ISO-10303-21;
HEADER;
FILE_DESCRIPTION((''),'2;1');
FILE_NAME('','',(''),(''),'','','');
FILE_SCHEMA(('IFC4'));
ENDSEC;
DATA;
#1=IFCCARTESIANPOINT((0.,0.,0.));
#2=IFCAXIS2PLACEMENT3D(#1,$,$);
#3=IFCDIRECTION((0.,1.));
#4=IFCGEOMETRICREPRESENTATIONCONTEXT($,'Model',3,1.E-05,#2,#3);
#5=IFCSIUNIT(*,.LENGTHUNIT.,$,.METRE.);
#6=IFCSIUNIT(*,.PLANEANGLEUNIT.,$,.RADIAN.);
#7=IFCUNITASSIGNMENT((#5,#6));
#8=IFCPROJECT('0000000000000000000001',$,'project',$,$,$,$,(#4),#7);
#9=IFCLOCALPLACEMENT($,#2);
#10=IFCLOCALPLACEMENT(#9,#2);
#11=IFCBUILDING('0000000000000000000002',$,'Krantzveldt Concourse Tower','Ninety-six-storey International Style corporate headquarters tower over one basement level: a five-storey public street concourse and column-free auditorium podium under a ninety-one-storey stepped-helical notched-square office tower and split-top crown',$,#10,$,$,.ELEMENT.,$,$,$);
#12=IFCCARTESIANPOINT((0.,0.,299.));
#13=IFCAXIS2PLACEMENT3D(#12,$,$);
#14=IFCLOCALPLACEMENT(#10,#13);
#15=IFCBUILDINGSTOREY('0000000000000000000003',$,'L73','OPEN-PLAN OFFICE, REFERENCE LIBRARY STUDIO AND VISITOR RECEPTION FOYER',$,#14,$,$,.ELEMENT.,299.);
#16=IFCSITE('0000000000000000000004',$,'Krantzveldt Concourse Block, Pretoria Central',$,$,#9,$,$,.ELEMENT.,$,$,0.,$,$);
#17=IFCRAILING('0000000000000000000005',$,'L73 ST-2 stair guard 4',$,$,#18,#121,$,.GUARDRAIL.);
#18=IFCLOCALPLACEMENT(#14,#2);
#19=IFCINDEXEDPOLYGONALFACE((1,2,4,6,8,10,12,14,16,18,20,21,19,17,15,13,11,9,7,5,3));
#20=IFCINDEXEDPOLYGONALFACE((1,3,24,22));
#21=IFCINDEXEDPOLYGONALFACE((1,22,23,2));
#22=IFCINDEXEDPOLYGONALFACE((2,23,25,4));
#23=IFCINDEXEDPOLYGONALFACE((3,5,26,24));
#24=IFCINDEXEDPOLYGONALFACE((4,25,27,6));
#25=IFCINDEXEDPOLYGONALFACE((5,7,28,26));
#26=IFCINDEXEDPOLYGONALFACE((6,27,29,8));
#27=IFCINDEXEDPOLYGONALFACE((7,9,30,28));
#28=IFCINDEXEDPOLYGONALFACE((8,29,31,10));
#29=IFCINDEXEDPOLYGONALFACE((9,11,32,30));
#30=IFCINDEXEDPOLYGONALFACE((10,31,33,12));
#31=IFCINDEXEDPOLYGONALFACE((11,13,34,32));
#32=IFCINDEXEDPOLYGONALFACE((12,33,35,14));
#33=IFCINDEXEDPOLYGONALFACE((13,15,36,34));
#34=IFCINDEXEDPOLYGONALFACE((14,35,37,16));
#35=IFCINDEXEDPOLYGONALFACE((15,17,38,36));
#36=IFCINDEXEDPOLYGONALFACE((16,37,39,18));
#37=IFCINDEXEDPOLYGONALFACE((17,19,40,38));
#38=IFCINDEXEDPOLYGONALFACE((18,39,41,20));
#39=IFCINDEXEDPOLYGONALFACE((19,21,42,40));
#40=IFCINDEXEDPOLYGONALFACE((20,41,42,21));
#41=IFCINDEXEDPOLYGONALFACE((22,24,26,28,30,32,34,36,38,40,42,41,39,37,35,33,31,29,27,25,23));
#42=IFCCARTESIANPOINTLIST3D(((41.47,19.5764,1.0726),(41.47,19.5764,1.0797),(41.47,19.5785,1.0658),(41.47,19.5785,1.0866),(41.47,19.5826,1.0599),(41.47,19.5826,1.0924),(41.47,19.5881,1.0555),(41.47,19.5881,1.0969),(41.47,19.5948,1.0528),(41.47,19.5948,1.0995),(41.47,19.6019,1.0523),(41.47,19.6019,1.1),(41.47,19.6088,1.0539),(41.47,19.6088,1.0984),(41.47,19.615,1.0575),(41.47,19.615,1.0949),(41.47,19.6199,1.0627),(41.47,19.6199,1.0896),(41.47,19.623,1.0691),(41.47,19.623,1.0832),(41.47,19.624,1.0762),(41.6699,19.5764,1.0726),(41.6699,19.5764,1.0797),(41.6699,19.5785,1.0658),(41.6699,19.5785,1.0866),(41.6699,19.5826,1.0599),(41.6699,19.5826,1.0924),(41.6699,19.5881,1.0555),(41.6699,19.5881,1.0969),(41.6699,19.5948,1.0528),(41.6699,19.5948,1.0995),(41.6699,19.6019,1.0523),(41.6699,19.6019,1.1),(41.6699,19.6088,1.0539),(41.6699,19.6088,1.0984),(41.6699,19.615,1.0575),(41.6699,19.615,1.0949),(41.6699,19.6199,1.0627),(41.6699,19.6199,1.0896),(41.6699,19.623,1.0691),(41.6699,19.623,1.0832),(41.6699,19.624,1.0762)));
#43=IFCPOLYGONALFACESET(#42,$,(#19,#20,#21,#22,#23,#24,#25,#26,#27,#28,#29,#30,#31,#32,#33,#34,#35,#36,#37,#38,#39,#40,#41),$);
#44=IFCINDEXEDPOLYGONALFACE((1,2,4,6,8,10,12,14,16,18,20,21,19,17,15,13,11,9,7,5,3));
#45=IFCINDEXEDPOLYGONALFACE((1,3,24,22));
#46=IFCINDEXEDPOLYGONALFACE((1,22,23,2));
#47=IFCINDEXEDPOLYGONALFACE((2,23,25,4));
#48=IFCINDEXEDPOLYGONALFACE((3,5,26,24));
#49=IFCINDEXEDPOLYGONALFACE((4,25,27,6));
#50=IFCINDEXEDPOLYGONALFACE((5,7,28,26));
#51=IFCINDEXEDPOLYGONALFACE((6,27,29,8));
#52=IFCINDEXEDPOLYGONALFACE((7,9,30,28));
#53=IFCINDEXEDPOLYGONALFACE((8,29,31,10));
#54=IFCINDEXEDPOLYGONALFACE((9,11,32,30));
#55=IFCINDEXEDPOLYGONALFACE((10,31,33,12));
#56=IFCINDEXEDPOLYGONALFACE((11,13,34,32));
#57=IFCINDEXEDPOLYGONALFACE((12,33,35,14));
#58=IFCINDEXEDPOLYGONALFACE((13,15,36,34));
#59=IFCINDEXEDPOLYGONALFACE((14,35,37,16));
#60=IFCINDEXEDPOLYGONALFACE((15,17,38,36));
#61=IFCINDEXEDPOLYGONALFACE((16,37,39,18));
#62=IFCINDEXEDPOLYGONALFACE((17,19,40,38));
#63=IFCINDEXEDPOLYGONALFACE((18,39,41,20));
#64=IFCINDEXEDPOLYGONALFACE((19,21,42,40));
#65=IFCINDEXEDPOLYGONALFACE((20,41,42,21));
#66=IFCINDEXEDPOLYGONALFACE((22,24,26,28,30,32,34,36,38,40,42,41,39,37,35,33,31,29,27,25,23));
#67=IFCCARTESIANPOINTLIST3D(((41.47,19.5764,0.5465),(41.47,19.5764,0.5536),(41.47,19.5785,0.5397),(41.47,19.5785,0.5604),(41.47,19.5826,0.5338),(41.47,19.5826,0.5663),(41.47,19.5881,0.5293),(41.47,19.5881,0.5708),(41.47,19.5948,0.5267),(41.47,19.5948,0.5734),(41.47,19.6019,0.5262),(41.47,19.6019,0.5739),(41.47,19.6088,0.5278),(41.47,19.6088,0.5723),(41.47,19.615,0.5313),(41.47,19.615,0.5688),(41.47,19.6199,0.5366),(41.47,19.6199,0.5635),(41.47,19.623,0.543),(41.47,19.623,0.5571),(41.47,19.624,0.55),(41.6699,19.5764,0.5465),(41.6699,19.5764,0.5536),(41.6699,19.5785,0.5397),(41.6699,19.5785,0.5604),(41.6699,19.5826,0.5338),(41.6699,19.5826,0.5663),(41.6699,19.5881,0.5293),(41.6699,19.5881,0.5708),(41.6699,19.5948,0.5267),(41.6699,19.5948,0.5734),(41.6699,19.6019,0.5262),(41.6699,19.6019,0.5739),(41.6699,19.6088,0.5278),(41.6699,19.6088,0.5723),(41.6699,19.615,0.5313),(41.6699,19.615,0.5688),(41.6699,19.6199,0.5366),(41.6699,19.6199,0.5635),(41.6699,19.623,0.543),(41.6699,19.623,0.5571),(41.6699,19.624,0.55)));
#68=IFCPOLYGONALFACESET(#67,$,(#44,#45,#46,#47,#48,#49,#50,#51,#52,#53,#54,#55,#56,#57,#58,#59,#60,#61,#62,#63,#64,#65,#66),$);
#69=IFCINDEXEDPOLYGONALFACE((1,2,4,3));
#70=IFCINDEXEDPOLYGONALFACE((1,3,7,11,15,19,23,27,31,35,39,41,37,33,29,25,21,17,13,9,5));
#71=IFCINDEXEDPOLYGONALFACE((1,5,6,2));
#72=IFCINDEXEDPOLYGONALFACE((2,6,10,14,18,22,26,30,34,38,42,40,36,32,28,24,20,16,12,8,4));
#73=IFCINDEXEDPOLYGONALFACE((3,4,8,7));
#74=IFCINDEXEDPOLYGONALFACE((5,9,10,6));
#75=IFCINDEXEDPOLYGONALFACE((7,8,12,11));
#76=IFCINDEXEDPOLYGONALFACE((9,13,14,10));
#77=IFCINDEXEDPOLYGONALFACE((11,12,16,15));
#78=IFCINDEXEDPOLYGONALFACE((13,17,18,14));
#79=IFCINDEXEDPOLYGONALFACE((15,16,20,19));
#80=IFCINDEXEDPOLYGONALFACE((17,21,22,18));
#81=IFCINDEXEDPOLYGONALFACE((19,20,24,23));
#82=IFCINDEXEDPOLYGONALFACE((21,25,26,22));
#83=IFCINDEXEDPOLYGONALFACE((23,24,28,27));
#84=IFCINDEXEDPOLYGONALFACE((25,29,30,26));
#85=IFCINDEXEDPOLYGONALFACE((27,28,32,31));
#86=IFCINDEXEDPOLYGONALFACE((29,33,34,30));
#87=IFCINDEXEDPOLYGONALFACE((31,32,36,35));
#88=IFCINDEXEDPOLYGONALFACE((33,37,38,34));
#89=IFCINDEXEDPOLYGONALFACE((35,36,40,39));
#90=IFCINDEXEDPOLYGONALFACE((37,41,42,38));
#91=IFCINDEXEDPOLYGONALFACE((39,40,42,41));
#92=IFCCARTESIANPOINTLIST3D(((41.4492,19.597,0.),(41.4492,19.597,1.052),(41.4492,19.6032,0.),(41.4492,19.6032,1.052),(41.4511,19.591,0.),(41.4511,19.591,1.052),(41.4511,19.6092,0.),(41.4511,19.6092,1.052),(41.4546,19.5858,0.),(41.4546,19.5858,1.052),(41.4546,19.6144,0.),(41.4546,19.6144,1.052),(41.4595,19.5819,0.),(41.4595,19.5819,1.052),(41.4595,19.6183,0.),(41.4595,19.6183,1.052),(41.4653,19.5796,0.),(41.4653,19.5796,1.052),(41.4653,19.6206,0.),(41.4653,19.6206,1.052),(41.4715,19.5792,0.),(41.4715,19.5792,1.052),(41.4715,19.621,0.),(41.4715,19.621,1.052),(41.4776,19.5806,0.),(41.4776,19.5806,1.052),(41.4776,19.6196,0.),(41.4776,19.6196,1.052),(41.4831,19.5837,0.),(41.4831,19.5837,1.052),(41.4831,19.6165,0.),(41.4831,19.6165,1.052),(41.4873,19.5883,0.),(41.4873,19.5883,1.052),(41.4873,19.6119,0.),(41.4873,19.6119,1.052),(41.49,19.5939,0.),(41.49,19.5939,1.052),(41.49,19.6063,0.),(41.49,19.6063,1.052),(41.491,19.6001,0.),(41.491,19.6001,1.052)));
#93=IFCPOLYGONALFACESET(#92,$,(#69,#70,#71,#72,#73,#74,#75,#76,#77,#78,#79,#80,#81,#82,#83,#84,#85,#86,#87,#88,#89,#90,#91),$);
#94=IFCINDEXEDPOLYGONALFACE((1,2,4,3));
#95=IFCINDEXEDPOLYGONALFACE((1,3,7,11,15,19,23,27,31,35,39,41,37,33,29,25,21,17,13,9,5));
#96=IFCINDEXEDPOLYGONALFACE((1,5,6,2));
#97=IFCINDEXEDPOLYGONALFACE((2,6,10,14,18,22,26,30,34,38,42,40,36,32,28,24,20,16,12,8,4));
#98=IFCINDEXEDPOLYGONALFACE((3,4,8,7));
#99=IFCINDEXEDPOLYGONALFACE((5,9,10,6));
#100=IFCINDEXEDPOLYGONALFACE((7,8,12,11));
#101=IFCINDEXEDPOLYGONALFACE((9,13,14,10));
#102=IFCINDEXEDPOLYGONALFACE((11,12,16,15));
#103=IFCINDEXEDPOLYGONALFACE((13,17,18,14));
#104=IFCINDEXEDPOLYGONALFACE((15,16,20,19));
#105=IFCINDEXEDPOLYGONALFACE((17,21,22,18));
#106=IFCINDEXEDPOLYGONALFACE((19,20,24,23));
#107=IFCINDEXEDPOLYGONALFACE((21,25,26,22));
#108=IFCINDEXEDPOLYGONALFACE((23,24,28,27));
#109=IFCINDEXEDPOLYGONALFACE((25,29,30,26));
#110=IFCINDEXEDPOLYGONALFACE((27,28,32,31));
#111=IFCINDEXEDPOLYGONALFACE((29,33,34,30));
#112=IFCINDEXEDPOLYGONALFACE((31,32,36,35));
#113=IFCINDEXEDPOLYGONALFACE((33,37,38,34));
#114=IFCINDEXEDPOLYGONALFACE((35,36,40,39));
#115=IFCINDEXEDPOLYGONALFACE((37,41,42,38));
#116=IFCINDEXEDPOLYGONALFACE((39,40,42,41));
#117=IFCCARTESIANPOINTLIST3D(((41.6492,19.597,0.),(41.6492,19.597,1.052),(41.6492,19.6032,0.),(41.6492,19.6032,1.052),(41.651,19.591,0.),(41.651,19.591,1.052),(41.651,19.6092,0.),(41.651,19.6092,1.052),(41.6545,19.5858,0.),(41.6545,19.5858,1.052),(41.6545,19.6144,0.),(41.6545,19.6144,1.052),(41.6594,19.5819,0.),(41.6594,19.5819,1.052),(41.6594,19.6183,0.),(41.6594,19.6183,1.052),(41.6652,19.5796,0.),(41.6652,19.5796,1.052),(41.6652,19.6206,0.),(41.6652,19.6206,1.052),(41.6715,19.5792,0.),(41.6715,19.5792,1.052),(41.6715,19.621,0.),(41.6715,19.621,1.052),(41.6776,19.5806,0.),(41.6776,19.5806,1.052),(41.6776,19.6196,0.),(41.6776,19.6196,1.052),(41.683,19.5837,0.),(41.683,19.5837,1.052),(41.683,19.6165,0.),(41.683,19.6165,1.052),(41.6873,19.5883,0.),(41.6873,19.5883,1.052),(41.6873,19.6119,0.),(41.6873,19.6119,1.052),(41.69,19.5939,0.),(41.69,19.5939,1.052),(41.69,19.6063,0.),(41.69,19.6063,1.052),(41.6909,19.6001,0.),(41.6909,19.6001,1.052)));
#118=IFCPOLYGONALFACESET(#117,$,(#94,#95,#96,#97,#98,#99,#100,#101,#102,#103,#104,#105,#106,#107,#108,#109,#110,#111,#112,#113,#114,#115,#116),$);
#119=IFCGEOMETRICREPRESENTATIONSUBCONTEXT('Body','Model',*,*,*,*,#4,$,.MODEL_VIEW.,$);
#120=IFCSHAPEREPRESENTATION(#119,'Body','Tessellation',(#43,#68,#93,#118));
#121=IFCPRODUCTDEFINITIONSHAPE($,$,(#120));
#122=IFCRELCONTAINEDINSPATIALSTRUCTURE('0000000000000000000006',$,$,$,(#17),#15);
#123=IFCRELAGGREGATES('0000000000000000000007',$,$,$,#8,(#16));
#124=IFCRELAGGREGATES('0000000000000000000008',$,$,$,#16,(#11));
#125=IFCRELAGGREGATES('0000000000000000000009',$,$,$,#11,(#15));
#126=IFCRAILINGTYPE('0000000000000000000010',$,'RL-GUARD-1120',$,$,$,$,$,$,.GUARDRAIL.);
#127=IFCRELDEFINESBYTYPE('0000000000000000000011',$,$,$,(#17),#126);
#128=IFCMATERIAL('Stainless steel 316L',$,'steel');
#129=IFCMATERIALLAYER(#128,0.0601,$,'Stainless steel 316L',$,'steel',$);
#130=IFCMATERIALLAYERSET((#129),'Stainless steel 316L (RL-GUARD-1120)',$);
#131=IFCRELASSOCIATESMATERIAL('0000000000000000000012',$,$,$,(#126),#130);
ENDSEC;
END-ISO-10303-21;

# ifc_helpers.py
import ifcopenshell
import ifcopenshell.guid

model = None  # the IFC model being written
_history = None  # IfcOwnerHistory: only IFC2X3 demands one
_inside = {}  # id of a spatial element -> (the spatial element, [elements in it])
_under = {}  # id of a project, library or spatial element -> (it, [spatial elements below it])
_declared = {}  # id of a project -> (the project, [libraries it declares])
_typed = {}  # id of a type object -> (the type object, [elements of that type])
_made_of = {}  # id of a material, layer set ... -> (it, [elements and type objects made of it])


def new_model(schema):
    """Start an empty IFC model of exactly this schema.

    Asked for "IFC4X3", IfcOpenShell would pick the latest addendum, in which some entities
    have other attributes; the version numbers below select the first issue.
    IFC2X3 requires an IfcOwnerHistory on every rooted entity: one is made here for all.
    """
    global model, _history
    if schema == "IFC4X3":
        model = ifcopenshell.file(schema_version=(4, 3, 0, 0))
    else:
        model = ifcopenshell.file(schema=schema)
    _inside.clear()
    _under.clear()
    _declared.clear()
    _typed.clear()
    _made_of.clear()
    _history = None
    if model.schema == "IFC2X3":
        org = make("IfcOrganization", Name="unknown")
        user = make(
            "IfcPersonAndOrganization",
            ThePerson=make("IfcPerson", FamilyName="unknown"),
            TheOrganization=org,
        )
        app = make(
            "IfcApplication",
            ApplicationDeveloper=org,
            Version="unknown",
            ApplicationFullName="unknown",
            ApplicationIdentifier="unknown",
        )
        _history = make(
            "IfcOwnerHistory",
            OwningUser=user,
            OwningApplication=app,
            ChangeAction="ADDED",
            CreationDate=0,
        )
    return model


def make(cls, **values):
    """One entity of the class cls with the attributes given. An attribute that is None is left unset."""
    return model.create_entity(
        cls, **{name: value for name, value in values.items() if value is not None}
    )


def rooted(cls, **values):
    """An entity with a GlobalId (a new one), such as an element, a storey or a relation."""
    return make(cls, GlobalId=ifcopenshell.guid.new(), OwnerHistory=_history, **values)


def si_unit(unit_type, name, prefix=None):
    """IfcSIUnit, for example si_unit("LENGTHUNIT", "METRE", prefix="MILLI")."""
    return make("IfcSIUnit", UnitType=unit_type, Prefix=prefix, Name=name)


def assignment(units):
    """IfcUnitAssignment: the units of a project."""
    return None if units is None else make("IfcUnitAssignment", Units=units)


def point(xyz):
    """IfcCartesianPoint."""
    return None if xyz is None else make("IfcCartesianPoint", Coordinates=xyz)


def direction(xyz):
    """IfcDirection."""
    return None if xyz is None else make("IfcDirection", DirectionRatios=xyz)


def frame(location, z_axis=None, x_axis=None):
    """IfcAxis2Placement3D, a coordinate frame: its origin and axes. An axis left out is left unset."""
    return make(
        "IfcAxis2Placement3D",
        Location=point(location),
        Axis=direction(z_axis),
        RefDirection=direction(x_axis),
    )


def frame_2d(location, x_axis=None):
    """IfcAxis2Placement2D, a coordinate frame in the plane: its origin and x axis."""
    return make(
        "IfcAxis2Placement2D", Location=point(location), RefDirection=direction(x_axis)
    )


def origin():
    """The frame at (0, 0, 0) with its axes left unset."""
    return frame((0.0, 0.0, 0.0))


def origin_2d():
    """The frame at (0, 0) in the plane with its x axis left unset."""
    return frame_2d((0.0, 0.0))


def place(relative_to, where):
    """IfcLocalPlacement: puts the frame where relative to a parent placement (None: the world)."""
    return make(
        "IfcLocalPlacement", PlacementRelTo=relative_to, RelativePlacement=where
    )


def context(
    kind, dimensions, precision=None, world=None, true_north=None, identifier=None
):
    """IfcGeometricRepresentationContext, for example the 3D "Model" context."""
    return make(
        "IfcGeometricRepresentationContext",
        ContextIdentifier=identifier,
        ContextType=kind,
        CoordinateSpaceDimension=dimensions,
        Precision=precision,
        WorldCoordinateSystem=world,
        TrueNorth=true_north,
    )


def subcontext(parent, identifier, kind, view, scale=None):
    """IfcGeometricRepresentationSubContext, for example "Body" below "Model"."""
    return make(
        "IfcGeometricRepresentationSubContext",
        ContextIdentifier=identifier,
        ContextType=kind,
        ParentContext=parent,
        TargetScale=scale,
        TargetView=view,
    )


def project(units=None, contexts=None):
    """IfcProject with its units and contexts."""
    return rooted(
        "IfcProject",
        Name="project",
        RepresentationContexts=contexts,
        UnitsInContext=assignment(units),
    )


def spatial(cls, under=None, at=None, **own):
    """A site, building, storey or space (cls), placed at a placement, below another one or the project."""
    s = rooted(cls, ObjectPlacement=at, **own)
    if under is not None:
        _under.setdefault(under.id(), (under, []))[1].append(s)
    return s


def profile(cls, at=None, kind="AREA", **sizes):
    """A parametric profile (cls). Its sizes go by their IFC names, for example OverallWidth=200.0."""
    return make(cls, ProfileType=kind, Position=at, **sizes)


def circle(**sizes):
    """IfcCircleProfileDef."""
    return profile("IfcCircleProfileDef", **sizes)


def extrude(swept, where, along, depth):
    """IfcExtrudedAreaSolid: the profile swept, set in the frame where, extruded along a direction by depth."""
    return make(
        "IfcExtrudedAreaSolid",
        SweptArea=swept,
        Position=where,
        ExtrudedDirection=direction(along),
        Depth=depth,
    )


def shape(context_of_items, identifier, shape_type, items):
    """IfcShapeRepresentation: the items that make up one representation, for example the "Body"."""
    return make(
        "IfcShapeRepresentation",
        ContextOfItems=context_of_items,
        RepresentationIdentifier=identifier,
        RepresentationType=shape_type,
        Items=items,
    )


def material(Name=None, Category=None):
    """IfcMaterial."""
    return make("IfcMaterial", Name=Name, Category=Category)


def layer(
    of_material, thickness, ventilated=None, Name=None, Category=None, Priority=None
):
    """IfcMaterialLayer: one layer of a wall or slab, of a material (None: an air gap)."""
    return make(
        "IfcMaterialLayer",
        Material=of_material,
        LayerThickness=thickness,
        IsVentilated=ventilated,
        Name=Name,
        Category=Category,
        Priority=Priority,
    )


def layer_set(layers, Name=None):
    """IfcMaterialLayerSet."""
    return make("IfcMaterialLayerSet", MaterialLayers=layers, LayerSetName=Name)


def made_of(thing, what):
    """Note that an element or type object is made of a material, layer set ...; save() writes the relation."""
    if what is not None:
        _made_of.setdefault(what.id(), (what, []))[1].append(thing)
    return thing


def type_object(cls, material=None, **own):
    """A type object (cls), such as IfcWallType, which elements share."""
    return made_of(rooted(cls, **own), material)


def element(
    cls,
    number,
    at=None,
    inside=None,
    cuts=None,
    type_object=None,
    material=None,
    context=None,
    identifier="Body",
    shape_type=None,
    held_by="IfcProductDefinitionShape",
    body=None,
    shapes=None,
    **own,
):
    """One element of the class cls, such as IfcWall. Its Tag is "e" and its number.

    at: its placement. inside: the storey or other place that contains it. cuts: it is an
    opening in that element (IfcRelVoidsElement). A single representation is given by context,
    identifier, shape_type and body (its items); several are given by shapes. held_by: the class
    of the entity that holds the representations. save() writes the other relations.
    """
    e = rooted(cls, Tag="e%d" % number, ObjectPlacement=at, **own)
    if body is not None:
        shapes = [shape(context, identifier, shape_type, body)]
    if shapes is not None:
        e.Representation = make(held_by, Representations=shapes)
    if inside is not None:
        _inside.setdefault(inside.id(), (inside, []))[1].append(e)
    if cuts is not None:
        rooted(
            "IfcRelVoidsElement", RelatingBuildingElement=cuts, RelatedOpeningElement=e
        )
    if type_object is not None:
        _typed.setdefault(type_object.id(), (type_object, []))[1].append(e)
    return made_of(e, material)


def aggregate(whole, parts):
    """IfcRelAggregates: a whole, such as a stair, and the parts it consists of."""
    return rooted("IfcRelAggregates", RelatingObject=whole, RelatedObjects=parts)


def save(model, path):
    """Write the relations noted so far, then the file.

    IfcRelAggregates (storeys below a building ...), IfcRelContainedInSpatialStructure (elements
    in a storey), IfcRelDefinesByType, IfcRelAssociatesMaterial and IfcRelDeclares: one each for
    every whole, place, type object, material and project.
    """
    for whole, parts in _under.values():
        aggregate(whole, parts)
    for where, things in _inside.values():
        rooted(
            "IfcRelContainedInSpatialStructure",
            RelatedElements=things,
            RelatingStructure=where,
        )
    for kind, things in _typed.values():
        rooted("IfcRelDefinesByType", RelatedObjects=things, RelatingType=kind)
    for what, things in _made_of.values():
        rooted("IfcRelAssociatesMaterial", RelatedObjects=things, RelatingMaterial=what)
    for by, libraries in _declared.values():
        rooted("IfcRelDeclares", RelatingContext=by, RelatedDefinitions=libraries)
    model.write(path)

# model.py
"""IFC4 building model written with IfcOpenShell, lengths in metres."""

from ifc_helpers import new_model, si_unit, direction, frame, origin, origin_2d, place, context, subcontext, project, spatial, circle, extrude, material, layer, layer_set, type_object, element, save


model = new_model("IFC4")

# Units and contexts
model_context = context("Model", 3, precision=1e-05, world=origin(), true_north=direction((0.0, 1.0)))
body_context = subcontext(model_context, "Body", "Model", "MODEL_VIEW")
ifc_project = project(units=[si_unit("LENGTHUNIT", "METRE"), si_unit("PLANEANGLEUNIT", "RADIAN")], contexts=[model_context])

# Site, building, storey
site_placement = place(None, origin())
site = spatial("IfcSite", under=ifc_project, at=site_placement, Name="Krantzveldt Concourse Block, Pretoria Central", CompositionType="ELEMENT", RefElevation=0.0)
building_placement = place(site_placement, origin())
building = spatial("IfcBuilding", under=site, at=building_placement, Name="Krantzveldt Concourse Tower", Description="Ninety-six-storey International Style corporate headquarters tower over one basement level: a five-storey public street concourse and column-free auditorium podium under a ninety-one-storey stepped-helical notched-square office tower and split-top crown", CompositionType="ELEMENT")
storey_placement = place(building_placement, frame((0.0, 0.0, 299.0)))
storey = spatial("IfcBuildingStorey", under=building, at=storey_placement, Name="L73", Description="OPEN-PLAN OFFICE, REFERENCE LIBRARY STUDIO AND VISITOR RECEPTION FOYER", CompositionType="ELEMENT", Elevation=299.0)

# Shared definitions
ifc_material_1 = material(Name="Stainless steel 316L", Category="steel")

# Railing
ifc_layer_1 = layer(ifc_material_1, 0.0601, Name="Stainless steel 316L", Category="steel")
ifc_layer_set_1 = layer_set([ifc_layer_1], Name="Stainless steel 316L (RL-GUARD-1120)")
railing_type_1 = type_object("IfcRailingType", Name="RL-GUARD-1120", PredefinedType="GUARDRAIL", material=ifc_layer_set_1)
railing_1_placement = place(storey_placement, frame((41.47, 19.6001, 0.0)))
element("IfcRailing", 1, at=railing_1_placement, inside=storey, type_object=railing_type_1, Name="L73 ST-2 stair guard 4", PredefinedType="GUARDRAIL", context=body_context, shape_type="SweptSolid", body=[
    extrude(circle(Radius=0.0239, at=origin_2d()), frame((0.0, 0.0, 1.0762), z_axis=(1.0, 0.0, 0.0), x_axis=(0.0, 1.0, 0.0)), (0.0, 0.0, 1.0), 0.2),
    extrude(circle(Radius=0.0239, at=origin_2d()), frame((0.0, 0.0, 0.55), z_axis=(1.0, 0.0, 0.0), x_axis=(0.0, 1.0, 0.0)), (0.0, 0.0, 1.0), 0.2),
    extrude(circle(Radius=0.021, at=origin_2d()), origin(), (0.0, 0.0, 1.0), 1.052),
    extrude(circle(Radius=0.021, at=origin_2d()), frame((0.2, 0.0, 0.0)), (0.0, 0.0, 1.0), 1.052),
])

save(model, "model.ifc")
